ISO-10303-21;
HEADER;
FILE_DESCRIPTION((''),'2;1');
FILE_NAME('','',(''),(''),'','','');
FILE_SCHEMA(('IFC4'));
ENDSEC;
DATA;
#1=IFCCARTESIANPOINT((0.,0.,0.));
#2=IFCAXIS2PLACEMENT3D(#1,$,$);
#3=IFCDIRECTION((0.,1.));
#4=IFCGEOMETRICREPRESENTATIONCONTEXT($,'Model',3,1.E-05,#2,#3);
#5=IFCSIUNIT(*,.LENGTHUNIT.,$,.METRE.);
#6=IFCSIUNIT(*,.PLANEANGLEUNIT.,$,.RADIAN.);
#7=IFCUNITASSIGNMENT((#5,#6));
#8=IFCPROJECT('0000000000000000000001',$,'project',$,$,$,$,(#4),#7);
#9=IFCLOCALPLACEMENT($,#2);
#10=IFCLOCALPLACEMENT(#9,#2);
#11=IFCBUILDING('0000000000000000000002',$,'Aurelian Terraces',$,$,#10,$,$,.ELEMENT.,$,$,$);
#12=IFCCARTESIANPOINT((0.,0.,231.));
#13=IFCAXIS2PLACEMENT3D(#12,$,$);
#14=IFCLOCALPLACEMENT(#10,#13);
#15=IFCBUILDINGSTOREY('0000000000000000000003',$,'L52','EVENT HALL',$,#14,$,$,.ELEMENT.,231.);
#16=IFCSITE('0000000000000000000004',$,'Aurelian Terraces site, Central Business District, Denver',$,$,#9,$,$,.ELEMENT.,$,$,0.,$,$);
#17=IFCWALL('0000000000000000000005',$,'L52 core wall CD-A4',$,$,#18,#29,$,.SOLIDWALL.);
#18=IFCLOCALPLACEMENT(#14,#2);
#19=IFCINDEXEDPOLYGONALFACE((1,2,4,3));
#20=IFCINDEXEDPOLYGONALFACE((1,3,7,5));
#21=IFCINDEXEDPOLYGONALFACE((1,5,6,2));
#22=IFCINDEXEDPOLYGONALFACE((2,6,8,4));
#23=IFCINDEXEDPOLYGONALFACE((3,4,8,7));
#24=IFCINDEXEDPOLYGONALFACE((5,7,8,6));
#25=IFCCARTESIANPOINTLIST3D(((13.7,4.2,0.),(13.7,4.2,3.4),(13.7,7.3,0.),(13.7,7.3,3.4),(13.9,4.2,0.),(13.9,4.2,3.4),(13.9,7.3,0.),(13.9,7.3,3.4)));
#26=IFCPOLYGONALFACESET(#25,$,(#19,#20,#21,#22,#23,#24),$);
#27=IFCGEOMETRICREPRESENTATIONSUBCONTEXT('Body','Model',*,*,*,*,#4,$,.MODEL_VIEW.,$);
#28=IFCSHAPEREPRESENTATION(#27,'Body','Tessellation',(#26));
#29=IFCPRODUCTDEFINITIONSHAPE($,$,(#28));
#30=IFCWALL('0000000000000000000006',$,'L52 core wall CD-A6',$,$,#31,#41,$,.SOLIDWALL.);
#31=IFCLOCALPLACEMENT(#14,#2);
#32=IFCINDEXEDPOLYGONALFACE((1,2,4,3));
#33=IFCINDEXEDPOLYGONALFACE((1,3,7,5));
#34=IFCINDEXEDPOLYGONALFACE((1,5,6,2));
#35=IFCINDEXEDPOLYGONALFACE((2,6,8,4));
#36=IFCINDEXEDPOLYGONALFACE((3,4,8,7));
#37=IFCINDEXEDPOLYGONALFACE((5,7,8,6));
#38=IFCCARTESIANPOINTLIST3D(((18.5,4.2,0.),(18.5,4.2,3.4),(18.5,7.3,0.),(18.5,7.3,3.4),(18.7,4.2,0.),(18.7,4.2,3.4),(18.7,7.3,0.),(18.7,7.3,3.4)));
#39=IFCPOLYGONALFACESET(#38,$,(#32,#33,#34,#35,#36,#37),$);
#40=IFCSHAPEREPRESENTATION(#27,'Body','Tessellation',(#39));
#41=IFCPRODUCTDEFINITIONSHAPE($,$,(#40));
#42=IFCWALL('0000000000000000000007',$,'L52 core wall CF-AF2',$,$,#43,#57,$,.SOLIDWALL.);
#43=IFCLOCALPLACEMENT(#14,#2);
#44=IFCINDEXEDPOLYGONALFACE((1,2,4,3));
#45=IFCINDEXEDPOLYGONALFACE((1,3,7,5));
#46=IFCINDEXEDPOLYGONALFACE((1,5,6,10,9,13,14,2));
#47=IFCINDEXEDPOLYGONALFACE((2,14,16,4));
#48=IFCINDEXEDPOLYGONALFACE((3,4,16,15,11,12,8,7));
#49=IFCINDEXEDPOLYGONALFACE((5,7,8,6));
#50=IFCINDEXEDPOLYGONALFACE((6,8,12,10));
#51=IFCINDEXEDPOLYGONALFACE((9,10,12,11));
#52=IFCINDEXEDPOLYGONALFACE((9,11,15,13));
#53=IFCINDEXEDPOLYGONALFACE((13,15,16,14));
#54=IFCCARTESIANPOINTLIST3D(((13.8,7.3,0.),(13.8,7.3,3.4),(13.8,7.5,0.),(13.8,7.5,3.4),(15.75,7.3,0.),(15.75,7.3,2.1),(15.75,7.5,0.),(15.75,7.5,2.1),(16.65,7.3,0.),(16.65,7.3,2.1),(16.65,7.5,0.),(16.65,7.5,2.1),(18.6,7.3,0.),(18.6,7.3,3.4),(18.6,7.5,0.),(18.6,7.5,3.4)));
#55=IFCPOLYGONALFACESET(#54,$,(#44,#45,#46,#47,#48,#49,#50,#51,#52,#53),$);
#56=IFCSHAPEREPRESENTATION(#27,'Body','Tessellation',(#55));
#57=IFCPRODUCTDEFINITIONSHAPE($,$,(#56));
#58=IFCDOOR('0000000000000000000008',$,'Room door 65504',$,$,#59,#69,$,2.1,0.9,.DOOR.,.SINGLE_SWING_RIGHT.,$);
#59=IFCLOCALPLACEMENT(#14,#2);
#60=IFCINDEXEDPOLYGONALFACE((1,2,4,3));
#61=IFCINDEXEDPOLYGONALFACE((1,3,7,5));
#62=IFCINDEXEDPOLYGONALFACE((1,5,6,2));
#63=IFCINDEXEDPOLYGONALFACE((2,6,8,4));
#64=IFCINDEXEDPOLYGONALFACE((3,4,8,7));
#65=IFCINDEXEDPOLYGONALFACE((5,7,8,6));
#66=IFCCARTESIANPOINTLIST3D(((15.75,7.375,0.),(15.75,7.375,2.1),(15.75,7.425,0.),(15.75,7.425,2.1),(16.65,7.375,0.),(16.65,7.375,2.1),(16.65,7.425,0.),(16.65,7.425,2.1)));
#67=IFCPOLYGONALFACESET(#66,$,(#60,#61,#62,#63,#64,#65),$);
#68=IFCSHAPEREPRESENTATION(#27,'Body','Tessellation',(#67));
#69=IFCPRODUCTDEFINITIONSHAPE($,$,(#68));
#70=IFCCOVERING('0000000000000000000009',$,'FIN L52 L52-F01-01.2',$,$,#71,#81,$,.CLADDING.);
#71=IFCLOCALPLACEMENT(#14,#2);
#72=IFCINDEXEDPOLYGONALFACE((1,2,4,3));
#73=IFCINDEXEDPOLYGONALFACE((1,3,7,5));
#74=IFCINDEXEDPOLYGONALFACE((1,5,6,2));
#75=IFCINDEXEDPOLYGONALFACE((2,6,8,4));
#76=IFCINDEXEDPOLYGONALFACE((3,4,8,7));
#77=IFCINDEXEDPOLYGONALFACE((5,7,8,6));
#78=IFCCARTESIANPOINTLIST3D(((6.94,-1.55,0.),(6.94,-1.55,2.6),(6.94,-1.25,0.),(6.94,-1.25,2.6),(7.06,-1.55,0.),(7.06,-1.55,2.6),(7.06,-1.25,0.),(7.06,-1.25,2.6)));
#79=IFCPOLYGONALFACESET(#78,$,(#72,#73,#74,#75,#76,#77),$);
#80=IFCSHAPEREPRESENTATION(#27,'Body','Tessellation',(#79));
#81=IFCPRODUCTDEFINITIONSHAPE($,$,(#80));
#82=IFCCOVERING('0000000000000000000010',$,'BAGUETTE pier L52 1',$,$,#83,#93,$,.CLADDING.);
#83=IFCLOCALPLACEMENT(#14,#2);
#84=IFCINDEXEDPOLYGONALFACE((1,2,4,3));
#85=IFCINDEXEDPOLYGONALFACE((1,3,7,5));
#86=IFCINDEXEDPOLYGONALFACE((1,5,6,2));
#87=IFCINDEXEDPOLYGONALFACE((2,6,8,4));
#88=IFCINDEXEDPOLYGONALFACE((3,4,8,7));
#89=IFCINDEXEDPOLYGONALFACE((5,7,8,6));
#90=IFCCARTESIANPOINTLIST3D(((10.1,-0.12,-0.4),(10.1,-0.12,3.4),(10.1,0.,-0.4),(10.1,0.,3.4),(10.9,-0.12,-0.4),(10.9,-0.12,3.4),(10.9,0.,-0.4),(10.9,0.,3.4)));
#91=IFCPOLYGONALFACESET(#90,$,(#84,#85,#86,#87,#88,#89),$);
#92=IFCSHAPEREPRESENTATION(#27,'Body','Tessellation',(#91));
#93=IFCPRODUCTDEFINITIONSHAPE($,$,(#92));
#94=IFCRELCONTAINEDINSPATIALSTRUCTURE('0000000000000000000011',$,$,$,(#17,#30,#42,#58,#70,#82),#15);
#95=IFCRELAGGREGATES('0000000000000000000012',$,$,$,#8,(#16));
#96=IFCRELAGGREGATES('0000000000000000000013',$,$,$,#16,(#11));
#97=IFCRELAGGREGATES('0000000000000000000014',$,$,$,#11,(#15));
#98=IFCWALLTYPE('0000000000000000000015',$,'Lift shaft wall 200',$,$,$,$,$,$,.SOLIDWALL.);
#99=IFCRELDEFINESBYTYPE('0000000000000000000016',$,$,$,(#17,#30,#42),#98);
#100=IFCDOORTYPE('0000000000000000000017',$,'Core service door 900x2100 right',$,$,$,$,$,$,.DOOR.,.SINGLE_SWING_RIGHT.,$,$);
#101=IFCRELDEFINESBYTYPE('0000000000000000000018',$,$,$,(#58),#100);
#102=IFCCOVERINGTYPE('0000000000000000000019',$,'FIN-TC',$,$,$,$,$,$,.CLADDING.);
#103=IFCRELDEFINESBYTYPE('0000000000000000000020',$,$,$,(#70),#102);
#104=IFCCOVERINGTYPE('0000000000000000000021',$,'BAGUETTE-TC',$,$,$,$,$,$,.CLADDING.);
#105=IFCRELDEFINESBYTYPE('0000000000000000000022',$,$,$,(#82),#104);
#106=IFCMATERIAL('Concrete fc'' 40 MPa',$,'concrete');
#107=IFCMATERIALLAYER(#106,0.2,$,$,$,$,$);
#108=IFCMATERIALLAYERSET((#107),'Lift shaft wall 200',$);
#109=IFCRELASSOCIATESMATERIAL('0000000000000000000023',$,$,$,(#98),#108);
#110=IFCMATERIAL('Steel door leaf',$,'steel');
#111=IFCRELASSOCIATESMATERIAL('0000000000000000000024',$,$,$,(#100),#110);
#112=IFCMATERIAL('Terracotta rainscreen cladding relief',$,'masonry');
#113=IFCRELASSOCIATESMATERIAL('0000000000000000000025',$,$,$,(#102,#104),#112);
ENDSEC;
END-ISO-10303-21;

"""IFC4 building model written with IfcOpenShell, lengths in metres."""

from ifc_helpers import new_model, si_unit, direction, frame, frame_2d, origin, origin_2d, place, context, subcontext, project, spatial, rectangle, extrude, source, transform, mapped, material, layer, layer_set, type_object, element, fill, save


model = new_model("IFC4")

# Units and contexts
model_context = context("Model", 3, precision=1e-05, world=origin(), true_north=direction((0.0, 1.0)))
body_context = subcontext(model_context, "Body", "Model", "MODEL_VIEW")
ifc_project = project(units=[si_unit("LENGTHUNIT", "METRE"), si_unit("PLANEANGLEUNIT", "RADIAN")], contexts=[model_context])

# Site, building, storey
site_placement = place(None, origin())
site = spatial("IfcSite", under=ifc_project, at=site_placement, Name="Aurelian Terraces site, Central Business District, Denver", CompositionType="ELEMENT", RefElevation=0.0)
building_placement = place(site_placement, origin())
building = spatial("IfcBuilding", under=site, at=building_placement, Name="Aurelian Terraces", CompositionType="ELEMENT")
storey_placement = place(building_placement, frame((0.0, 0.0, 231.0)))
storey = spatial("IfcBuildingStorey", under=building, at=storey_placement, Name="L52", Description="EVENT HALL", CompositionType="ELEMENT", Elevation=231.0)

# Shared definitions
ifc_material_1 = material(Name="Concrete fc' 40 MPa", Category="concrete")

# Walls
ifc_layer_1 = layer(ifc_material_1, 0.2)
ifc_layer_set_1 = layer_set([ifc_layer_1], Name="Lift shaft wall 200")
wall_type_1 = type_object("IfcWallType", Name="Lift shaft wall 200", PredefinedType="SOLIDWALL", material=ifc_layer_set_1)
shared_shape_1 = source(origin(), body_context, "Body", "SweptSolid", [
    extrude(rectangle(XDim=3.1, YDim=0.2, at=frame_2d((1.55, 0.0))), origin(), (0.0, 0.0, 1.0), 3.4),
])
for number, where, z_axis, x_axis, name in (
    (1, (13.8, 4.2, 0.0), (0.0, 0.0, 1.0), (0.0, 1.0, 0.0), "L52 core wall CD-A4"),
    (2, (18.6, 4.2, 0.0), (0.0, 0.0, 1.0), (0.0, 1.0, 0.0), "L52 core wall CD-A6"),
):
    element("IfcWall", number, at=place(storey_placement, frame(where, z_axis=z_axis, x_axis=x_axis)), inside=storey, type_object=wall_type_1, Name=name, PredefinedType="SOLIDWALL", context=body_context, shape_type="MappedRepresentation", body=[
        mapped(shared_shape_1, transform((0.0, 0.0, 0.0), scale=1.0)),
    ])

# Wall, opening, door
shared_shape_2 = source(origin(), body_context, "Body", "SweptSolid", [
    extrude(rectangle(XDim=4.8, YDim=0.2, at=frame_2d((2.4, 0.0))), origin(), (0.0, 0.0, 1.0), 3.4),
])
wall_1_placement = place(storey_placement, frame((13.8, 7.4, 0.0), z_axis=(0.0, 0.0, 1.0), x_axis=(1.0, 0.0, 0.0)))
wall_1 = element("IfcWall", 3, at=wall_1_placement, inside=storey, type_object=wall_type_1, Name="L52 core wall CF-AF2", PredefinedType="SOLIDWALL", context=body_context, shape_type="MappedRepresentation", body=[
    mapped(shared_shape_2, transform((0.0, 0.0, 0.0), scale=1.0)),
])
shared_shape_3 = source(origin(), body_context, "Body", "SweptSolid", [
    extrude(rectangle(XDim=0.9, YDim=2.1, at=frame_2d((0.45, 1.05))), frame((0.0, 0.11, 0.0), z_axis=(0.0, -1.0, 0.0), x_axis=(1.0, 0.0, 0.0)), (0.0, 0.0, 1.0), 0.22),
])
opening_1_placement = place(wall_1_placement, frame((1.95, 0.0, 0.0)))
opening_1 = element("IfcOpeningElement", 4, at=opening_1_placement, cuts=wall_1, PredefinedType="OPENING", context=body_context, shape_type="MappedRepresentation", body=[
    mapped(shared_shape_3, transform((0.0, 0.0, 0.0), scale=1.0)),
])
ifc_material_2 = material(Name="Steel door leaf", Category="steel")
door_type_1 = type_object("IfcDoorType", Name="Core service door 900x2100 right", OperationType="SINGLE_SWING_RIGHT", PredefinedType="DOOR", material=ifc_material_2)
shared_shape_4 = source(origin(), body_context, "Body", "SweptSolid", [
    extrude(rectangle(XDim=0.9, YDim=2.1, at=frame_2d((0.45, 1.05))), frame((0.0, 0.025, 0.0), z_axis=(0.0, -1.0, 0.0), x_axis=(1.0, 0.0, 0.0)), (0.0, 0.0, 1.0), 0.05),
])
door_1_placement = place(opening_1_placement, origin())
door_1 = element("IfcDoor", 5, at=door_1_placement, inside=storey, type_object=door_type_1, Name="Room door 65504", OperationType="SINGLE_SWING_RIGHT", OverallHeight=2.1, OverallWidth=0.9, PredefinedType="DOOR", context=body_context, shape_type="MappedRepresentation", body=[
    mapped(shared_shape_4, transform((0.0, 0.0, 0.0), scale=1.0)),
])
fill(opening_1, door_1)

# Coverings
ifc_material_3 = material(Name="Terracotta rainscreen cladding relief", Category="masonry")
covering_type_1 = type_object("IfcCoveringType", Name="FIN-TC", PredefinedType="CLADDING", material=ifc_material_3)
shared_shape_5 = source(origin(), body_context, "Body", "SweptSolid", [
    extrude(rectangle(XDim=0.12, YDim=0.3, at=origin_2d()), origin(), (0.0, 0.0, 1.0), 2.6),
])
covering_1_placement = place(storey_placement, frame((7.0, -1.4, 0.0), z_axis=(0.0, 0.0, 1.0), x_axis=(1.0, 0.0, 0.0)))
element("IfcCovering", 6, at=covering_1_placement, inside=storey, type_object=covering_type_1, Name="FIN L52 L52-F01-01.2", PredefinedType="CLADDING", context=body_context, shape_type="MappedRepresentation", body=[
    mapped(shared_shape_5, transform((0.0, 0.0, 0.0), scale=1.0)),
])
covering_type_2 = type_object("IfcCoveringType", Name="BAGUETTE-TC", PredefinedType="CLADDING", material=ifc_material_3)
shared_shape_6 = source(origin(), body_context, "Body", "SweptSolid", [
    extrude(rectangle(XDim=0.8, YDim=0.12, at=origin_2d()), origin(), (0.0, 0.0, 1.0), 3.8),
])
covering_2_placement = place(storey_placement, frame((10.5, -0.06, -0.4), z_axis=(0.0, 0.0, 1.0), x_axis=(1.0, 0.0, 0.0)))
element("IfcCovering", 7, at=covering_2_placement, inside=storey, type_object=covering_type_2, Name="BAGUETTE pier L52 1", PredefinedType="CLADDING", context=body_context, shape_type="MappedRepresentation", body=[
    mapped(shared_shape_6, transform((0.0, 0.0, 0.0), scale=1.0)),
])

save(model, "model.ifc")
